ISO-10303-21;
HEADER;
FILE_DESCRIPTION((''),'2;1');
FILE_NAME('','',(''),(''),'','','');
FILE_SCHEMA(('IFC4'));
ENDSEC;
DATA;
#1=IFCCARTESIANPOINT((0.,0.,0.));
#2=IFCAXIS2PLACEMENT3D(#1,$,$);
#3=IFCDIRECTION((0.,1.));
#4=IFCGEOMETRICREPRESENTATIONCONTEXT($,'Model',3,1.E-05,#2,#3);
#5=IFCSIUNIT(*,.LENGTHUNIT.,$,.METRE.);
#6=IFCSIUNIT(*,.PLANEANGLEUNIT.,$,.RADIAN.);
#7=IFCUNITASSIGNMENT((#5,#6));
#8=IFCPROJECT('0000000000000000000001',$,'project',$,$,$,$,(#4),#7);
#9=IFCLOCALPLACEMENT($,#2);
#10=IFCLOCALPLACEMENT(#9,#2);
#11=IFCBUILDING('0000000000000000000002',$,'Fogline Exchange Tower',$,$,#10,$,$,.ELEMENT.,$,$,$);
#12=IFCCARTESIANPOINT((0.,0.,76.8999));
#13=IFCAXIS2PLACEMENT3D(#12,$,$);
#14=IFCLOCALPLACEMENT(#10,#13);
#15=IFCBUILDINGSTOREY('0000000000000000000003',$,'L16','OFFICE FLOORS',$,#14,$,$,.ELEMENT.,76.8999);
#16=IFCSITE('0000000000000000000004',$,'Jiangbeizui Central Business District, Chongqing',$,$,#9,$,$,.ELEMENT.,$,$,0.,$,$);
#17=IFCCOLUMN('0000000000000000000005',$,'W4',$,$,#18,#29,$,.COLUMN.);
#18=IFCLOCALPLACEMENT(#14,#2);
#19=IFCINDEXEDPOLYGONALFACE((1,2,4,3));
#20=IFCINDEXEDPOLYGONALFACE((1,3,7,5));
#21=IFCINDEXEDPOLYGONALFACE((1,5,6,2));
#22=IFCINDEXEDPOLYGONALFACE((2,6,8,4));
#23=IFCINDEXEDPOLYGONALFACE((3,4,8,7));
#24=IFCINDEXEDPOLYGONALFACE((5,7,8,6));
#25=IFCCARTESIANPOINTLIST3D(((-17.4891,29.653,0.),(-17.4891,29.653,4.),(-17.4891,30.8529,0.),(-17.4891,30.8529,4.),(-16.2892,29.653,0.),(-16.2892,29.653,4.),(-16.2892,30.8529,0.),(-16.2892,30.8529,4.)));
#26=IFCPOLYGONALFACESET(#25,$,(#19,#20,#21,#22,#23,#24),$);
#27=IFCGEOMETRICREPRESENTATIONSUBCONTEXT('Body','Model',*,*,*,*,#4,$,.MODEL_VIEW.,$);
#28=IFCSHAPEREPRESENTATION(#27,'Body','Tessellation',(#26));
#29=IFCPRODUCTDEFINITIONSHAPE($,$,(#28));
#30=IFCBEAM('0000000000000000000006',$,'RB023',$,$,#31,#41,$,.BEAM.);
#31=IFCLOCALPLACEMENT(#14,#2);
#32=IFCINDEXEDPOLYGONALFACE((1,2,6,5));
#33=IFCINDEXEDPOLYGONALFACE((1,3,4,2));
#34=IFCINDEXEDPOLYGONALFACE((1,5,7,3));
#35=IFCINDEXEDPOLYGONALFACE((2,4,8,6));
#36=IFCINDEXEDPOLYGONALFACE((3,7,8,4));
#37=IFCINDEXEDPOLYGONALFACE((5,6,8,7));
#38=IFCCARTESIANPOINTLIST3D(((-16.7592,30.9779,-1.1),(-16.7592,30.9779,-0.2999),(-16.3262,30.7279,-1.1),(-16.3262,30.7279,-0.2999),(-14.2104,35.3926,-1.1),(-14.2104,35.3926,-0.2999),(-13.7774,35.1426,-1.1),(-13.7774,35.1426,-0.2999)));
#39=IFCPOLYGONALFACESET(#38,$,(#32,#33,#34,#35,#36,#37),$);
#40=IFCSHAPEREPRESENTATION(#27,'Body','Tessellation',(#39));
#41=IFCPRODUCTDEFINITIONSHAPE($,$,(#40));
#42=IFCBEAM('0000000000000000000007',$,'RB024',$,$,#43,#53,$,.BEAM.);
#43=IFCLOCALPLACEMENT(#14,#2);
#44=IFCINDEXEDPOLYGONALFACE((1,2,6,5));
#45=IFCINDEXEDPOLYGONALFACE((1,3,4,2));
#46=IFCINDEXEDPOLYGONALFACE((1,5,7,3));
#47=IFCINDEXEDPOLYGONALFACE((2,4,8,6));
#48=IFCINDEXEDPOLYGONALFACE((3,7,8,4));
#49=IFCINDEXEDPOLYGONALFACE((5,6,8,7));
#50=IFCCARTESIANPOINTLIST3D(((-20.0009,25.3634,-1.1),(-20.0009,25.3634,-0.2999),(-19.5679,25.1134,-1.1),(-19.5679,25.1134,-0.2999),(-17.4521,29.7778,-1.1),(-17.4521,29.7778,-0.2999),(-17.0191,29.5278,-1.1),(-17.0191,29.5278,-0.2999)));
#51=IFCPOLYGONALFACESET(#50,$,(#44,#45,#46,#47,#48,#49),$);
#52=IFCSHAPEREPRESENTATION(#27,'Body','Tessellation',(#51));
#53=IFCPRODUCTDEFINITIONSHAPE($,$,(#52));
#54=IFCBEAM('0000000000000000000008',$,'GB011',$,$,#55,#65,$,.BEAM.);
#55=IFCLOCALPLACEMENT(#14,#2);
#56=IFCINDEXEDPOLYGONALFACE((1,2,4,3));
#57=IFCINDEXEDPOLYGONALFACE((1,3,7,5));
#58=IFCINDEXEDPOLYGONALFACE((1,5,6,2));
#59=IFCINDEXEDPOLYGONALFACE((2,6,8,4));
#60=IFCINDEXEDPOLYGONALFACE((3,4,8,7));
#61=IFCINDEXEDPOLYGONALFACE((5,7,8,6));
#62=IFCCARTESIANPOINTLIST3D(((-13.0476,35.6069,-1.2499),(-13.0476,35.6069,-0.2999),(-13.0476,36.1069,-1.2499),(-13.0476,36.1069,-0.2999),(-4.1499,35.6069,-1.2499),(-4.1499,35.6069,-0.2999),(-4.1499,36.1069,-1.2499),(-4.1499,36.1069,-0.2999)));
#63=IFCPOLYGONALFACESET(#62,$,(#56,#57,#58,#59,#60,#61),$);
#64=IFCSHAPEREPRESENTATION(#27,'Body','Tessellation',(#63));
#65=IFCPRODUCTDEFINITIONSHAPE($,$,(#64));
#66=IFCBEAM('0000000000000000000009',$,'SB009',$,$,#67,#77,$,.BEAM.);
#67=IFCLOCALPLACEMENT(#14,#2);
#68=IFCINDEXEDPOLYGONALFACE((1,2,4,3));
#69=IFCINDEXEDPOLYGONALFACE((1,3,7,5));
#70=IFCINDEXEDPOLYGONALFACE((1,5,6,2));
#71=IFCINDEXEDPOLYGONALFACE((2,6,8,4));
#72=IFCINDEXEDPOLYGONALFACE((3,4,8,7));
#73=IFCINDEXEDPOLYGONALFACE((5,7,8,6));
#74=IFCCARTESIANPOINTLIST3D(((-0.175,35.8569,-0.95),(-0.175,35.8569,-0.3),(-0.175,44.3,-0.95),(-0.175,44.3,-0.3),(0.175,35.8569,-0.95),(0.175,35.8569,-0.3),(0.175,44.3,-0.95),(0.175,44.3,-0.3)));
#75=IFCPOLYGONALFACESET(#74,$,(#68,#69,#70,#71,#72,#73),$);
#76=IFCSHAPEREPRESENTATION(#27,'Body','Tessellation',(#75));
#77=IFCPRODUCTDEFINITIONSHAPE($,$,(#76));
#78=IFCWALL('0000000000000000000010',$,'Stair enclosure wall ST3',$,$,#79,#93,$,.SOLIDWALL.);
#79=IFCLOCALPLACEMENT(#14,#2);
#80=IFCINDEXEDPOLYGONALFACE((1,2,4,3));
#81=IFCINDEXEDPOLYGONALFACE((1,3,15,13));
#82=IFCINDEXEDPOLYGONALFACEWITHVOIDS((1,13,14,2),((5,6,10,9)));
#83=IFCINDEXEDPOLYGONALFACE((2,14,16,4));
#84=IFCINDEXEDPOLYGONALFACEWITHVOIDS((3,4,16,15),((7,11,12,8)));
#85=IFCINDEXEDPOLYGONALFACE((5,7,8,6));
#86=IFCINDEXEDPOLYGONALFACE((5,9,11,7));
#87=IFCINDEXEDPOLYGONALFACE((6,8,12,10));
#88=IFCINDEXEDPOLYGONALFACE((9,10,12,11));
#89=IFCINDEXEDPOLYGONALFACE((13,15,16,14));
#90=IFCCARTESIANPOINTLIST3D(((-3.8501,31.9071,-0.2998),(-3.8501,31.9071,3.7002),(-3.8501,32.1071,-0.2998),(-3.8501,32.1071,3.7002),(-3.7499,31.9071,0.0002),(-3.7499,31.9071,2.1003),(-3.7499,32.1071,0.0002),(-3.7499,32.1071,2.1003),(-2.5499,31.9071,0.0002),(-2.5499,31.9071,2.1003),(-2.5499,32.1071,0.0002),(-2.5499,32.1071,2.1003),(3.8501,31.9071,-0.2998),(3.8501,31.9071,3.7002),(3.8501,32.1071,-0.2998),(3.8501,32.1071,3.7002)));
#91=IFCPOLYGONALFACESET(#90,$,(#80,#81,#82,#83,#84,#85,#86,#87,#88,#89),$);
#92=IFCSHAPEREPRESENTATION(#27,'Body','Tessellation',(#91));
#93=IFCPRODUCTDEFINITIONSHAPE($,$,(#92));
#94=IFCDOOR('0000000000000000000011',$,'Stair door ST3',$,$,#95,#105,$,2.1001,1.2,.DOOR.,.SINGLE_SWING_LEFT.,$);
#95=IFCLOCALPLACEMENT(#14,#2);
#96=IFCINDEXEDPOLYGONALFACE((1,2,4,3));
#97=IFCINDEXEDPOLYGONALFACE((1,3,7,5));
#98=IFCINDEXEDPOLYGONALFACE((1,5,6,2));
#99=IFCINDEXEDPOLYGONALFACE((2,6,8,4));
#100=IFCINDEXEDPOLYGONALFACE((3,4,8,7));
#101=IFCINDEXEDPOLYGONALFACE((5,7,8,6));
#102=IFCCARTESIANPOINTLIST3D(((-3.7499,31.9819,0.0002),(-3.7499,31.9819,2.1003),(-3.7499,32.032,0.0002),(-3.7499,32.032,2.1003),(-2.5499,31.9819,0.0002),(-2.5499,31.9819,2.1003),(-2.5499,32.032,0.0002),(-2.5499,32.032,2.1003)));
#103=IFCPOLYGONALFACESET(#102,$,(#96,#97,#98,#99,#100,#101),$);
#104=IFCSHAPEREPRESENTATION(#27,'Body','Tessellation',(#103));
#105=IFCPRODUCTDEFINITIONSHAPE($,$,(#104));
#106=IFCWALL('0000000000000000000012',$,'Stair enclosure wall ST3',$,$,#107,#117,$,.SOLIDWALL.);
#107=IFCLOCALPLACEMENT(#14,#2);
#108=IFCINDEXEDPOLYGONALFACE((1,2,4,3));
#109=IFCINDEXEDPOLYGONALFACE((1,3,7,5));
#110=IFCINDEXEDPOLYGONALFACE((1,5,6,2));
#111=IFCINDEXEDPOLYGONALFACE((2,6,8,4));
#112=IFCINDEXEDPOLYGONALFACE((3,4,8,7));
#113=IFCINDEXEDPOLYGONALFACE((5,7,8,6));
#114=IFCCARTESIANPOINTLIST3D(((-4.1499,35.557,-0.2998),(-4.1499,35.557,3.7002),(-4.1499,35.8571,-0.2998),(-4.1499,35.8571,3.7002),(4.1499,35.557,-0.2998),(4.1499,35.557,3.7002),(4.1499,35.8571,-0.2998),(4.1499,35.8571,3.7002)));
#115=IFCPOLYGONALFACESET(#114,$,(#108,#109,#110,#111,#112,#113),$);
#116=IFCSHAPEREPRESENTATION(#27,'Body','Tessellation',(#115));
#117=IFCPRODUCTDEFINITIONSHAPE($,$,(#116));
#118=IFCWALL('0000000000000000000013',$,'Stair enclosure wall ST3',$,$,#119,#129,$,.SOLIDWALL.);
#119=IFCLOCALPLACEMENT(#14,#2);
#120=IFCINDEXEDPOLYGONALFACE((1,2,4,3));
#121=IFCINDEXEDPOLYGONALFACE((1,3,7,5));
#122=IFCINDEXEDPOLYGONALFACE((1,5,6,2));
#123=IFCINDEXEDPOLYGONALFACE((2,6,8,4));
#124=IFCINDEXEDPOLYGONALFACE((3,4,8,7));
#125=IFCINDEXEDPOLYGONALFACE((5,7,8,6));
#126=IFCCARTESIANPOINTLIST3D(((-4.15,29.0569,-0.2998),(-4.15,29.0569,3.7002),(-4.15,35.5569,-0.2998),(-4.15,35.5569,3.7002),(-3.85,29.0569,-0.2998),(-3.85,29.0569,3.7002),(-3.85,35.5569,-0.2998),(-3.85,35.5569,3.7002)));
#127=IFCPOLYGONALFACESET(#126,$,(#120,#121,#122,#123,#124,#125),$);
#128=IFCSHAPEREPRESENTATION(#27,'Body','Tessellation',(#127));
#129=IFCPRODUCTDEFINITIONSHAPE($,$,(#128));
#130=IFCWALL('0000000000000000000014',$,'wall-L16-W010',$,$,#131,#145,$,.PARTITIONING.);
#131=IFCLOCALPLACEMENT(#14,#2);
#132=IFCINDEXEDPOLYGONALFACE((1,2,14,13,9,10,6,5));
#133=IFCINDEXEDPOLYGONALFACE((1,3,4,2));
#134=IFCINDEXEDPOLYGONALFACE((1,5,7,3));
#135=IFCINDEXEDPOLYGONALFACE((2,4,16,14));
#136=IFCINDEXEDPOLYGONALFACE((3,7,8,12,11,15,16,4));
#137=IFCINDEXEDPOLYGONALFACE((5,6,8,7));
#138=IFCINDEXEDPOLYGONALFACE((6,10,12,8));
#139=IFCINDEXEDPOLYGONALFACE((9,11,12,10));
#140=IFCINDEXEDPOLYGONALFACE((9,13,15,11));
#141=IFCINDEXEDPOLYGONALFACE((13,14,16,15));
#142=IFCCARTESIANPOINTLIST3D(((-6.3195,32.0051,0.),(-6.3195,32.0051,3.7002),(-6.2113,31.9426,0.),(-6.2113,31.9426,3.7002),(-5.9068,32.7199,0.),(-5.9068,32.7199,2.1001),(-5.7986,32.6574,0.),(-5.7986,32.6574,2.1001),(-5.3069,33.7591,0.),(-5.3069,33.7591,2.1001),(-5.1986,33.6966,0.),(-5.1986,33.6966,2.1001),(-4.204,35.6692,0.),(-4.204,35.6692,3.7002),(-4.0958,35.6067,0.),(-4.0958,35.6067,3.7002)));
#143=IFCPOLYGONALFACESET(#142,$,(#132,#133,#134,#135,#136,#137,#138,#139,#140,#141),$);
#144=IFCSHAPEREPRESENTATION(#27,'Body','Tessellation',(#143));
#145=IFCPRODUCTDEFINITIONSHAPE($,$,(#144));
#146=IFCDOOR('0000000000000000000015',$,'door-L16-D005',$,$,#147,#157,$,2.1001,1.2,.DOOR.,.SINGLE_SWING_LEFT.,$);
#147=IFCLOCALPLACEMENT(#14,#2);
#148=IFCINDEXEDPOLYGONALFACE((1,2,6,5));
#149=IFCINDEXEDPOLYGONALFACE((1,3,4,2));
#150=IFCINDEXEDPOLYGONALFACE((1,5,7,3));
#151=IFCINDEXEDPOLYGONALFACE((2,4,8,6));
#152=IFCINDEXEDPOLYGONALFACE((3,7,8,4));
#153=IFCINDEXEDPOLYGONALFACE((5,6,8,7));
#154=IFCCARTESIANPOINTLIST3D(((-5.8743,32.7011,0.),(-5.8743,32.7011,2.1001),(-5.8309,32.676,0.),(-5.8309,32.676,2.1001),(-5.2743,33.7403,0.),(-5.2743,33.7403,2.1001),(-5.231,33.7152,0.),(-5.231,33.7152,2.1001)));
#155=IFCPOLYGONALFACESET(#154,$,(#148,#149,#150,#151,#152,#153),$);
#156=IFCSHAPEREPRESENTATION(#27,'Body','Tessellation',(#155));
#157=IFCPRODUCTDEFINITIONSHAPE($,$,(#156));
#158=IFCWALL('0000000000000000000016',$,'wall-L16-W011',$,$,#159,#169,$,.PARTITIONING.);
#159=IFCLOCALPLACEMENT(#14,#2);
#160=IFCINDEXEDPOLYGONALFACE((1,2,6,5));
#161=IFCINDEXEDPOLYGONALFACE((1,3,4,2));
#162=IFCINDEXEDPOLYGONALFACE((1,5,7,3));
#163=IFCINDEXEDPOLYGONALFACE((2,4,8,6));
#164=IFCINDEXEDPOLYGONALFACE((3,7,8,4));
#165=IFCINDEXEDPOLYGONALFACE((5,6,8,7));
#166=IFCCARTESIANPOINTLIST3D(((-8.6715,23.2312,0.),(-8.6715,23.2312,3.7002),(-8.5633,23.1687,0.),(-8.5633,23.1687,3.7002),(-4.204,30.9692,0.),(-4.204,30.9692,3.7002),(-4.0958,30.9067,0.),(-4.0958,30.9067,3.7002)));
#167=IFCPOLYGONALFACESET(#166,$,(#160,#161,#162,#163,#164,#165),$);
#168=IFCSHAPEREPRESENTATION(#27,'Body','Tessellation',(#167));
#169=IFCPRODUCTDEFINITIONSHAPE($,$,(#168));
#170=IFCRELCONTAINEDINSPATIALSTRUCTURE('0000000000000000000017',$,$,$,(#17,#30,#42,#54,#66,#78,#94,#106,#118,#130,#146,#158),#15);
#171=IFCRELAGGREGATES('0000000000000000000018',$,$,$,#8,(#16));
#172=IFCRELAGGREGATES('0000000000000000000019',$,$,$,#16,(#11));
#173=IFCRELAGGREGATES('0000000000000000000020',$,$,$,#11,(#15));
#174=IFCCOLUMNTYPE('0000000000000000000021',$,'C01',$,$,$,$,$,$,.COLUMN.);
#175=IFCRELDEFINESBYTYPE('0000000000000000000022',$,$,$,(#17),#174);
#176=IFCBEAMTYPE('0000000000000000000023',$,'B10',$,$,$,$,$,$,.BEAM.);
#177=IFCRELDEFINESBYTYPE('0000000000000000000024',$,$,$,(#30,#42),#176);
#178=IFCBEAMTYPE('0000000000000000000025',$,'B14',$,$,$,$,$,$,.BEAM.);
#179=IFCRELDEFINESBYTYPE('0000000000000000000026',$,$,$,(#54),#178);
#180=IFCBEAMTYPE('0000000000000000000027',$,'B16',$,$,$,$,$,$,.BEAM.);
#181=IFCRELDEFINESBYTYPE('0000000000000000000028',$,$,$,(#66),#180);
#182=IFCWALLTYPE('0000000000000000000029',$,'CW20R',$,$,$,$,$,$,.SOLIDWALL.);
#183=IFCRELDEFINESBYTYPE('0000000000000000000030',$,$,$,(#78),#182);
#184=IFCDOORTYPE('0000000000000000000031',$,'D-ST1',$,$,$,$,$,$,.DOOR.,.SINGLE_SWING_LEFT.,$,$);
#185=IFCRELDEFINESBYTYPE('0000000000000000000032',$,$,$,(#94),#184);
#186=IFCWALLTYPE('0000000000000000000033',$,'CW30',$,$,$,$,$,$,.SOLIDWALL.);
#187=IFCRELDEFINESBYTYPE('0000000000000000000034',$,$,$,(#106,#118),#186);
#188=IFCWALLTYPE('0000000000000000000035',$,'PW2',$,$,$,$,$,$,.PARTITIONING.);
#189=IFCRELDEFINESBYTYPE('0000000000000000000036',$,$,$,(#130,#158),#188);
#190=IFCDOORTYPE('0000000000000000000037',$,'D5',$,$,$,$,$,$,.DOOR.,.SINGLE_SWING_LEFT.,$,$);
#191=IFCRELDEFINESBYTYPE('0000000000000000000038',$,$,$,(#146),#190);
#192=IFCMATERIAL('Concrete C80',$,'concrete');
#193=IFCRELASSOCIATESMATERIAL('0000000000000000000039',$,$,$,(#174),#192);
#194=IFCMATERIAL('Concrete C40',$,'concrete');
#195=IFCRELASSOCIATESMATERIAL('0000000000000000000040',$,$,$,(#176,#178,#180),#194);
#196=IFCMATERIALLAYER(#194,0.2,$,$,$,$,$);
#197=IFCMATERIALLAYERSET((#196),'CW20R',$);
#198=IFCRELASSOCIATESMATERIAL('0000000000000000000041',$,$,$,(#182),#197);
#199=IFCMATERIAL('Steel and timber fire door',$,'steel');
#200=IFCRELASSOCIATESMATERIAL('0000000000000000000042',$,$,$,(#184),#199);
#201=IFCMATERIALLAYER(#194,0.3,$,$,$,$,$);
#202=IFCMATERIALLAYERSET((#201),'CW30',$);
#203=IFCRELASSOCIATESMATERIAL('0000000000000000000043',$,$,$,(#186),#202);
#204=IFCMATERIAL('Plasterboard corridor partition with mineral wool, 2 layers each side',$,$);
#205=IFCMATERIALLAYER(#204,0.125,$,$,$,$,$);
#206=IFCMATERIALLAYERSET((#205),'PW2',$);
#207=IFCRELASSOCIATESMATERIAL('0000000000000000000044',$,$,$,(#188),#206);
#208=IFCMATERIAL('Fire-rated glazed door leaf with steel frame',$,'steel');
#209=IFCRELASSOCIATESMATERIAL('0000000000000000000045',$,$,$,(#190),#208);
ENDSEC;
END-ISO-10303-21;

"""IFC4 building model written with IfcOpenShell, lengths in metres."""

from ifc_helpers import new_model, si_unit, direction, frame, frame_2d, origin, origin_2d, place, context, subcontext, project, spatial, rectangle, extrude, material, layer, layer_set, material_profile, profile_set, type_object, element, fill, save


model = new_model("IFC4")

# Units and contexts
model_context = context("Model", 3, precision=1e-05, world=origin(), true_north=direction((0.0, 1.0)))
body_context = subcontext(model_context, "Body", "Model", "MODEL_VIEW")
ifc_project = project(units=[si_unit("LENGTHUNIT", "METRE"), si_unit("PLANEANGLEUNIT", "RADIAN")], contexts=[model_context])

# Site, building, storey
site_placement = place(None, origin())
site = spatial("IfcSite", under=ifc_project, at=site_placement, Name="Jiangbeizui Central Business District, Chongqing", CompositionType="ELEMENT", RefElevation=0.0)
building_placement = place(site_placement, origin())
building = spatial("IfcBuilding", under=site, at=building_placement, Name="Fogline Exchange Tower", CompositionType="ELEMENT")
storey_placement = place(building_placement, frame((0.0, 0.0, 76.8999)))
storey = spatial("IfcBuildingStorey", under=building, at=storey_placement, Name="L16", Description="OFFICE FLOORS", CompositionType="ELEMENT", Elevation=76.8999)

# Column
ifc_material_1 = material(Name="Concrete C80", Category="concrete")
ifc_material_profile_1 = material_profile(ifc_material_1, rectangle(XDim=1.2, YDim=1.2, at=origin_2d()), Name="RC 1200x1200")
ifc_profile_set_1 = profile_set([ifc_material_profile_1], Name="Concrete C80")
column_type = type_object("IfcColumnType", Name="C01", PredefinedType="COLUMN", material=ifc_profile_set_1)
column_placement = place(storey_placement, frame((-16.8892, 30.2529, 0.0), z_axis=(0.0, 0.0, 1.0), x_axis=(1.0, 0.0, 0.0)))
element("IfcColumn", 1, at=column_placement, inside=storey, type_object=column_type, Name="W4", PredefinedType="COLUMN", context=body_context, shape_type="SweptSolid", body=[
    extrude(rectangle(XDim=1.2, YDim=1.2, at=origin_2d()), origin(), (0.0, 0.0, 1.0), 4.0),
])

# Beams
ifc_material_2 = material(Name="Concrete C40", Category="concrete")
ifc_material_profile_2 = material_profile(ifc_material_2, rectangle(XDim=0.5, YDim=0.8, at=origin_2d()), Name="RC 500x800")
ifc_profile_set_2 = profile_set([ifc_material_profile_2], Name="Concrete C40")
beam_type_1 = type_object("IfcBeamType", Name="B10", PredefinedType="BEAM", material=ifc_profile_set_2)
beam_1_placement = place(storey_placement, frame((-13.9939, 35.2676, -0.7), z_axis=(-0.499992, -0.86603, 0.0), x_axis=(0.86603, -0.499992, 0.0)))
element("IfcBeam", 2, at=beam_1_placement, inside=storey, type_object=beam_type_1, Name="RB023", PredefinedType="BEAM", context=body_context, shape_type="SweptSolid", body=[
    extrude(rectangle(XDim=0.5, YDim=0.8, at=origin_2d()), origin(), (0.0, 0.0, 1.0), 5.0977),
])
beam_2_placement = place(storey_placement, frame((-17.2356, 29.6528, -0.7), z_axis=(-0.500013, -0.866018, 0.0), x_axis=(0.866018, -0.500013, 0.0)))
element("IfcBeam", 3, at=beam_2_placement, inside=storey, type_object=beam_type_1, Name="RB024", PredefinedType="BEAM", context=body_context, shape_type="SweptSolid", body=[
    extrude(rectangle(XDim=0.5, YDim=0.8, at=origin_2d()), origin(), (0.0, 0.0, 1.0), 5.0974),
])
ifc_material_profile_3 = material_profile(ifc_material_2, rectangle(XDim=0.5, YDim=0.95, at=origin_2d()), Name="RC 500x950")
ifc_profile_set_3 = profile_set([ifc_material_profile_3], Name="Concrete C40")
beam_type_2 = type_object("IfcBeamType", Name="B14", PredefinedType="BEAM", material=ifc_profile_set_3)
beam_3_placement = place(storey_placement, frame((-13.0476, 35.8569, -0.7749), z_axis=(1.0, 0.0, 0.0), x_axis=(0.0, 1.0, 0.0)))
element("IfcBeam", 4, at=beam_3_placement, inside=storey, type_object=beam_type_2, Name="GB011", PredefinedType="BEAM", context=body_context, shape_type="SweptSolid", body=[
    extrude(rectangle(XDim=0.5, YDim=0.95, at=origin_2d()), origin(), (0.0, 0.0, 1.0), 8.8977),
])
ifc_material_profile_4 = material_profile(ifc_material_2, rectangle(XDim=0.3501, YDim=0.6499, at=origin_2d()), Name="RC 350x650")
ifc_profile_set_4 = profile_set([ifc_material_profile_4], Name="Concrete C40")
beam_type_3 = type_object("IfcBeamType", Name="B16", PredefinedType="BEAM", material=ifc_profile_set_4)
beam_4_placement = place(storey_placement, frame((0.0, 35.8569, -0.625), z_axis=(0.0, 1.0, 0.0), x_axis=(-1.0, 0.0, 0.0)))
element("IfcBeam", 5, at=beam_4_placement, inside=storey, type_object=beam_type_3, Name="SB009", PredefinedType="BEAM", context=body_context, shape_type="SweptSolid", body=[
    extrude(rectangle(XDim=0.3501, YDim=0.6499, at=origin_2d()), origin(), (0.0, 0.0, 1.0), 8.4431),
])

# Wall, opening, door
ifc_layer_1 = layer(ifc_material_2, 0.2)
ifc_layer_set_1 = layer_set([ifc_layer_1], Name="CW20R")
wall_type_1 = type_object("IfcWallType", Name="CW20R", PredefinedType="SOLIDWALL", material=ifc_layer_set_1)
wall_1_placement = place(storey_placement, frame((-3.8501, 32.0071, -0.2998), z_axis=(0.0, 0.0, 1.0), x_axis=(1.0, 0.0, 0.0)))
wall_1 = element("IfcWall", 6, at=wall_1_placement, inside=storey, type_object=wall_type_1, Name="Stair enclosure wall ST3", PredefinedType="SOLIDWALL", context=body_context, shape_type="SweptSolid", body=[
    extrude(rectangle(XDim=7.7002, YDim=0.2, at=frame_2d((3.8501, 0.0))), origin(), (0.0, 0.0, 1.0), 4.0),
])
opening_1_placement = place(wall_1_placement, frame((0.1001, 0.0, 0.3)))
opening_1 = element("IfcOpeningElement", 7, at=opening_1_placement, cuts=wall_1, PredefinedType="OPENING", context=body_context, shape_type="SweptSolid", body=[
    extrude(rectangle(XDim=1.2, YDim=2.1001, at=frame_2d((0.6001, 1.05))), frame((0.0, 0.1099, 0.0), z_axis=(0.0, -1.0, 0.0), x_axis=(1.0, 0.0, 0.0)), (0.0, 0.0, 1.0), 0.22),
])
ifc_material_3 = material(Name="Steel and timber fire door", Category="steel")
door_type_1 = type_object("IfcDoorType", Name="D-ST1", OperationType="SINGLE_SWING_LEFT", PredefinedType="DOOR", material=ifc_material_3)
door_1_placement = place(opening_1_placement, origin())
door_1 = element("IfcDoor", 8, at=door_1_placement, inside=storey, type_object=door_type_1, Name="Stair door ST3", OperationType="SINGLE_SWING_LEFT", OverallHeight=2.1001, OverallWidth=1.2, PredefinedType="DOOR", context=body_context, shape_type="SweptSolid", body=[
    extrude(rectangle(XDim=1.2, YDim=2.1001, at=frame_2d((0.6001, 1.05))), frame((0.0, 0.0249, 0.0), z_axis=(0.0, -1.0, 0.0), x_axis=(1.0, 0.0, 0.0)), (0.0, 0.0, 1.0), 0.05),
])
fill(opening_1, door_1)

# Walls
ifc_layer_2 = layer(ifc_material_2, 0.3)
ifc_layer_set_2 = layer_set([ifc_layer_2], Name="CW30")
wall_type_2 = type_object("IfcWallType", Name="CW30", PredefinedType="SOLIDWALL", material=ifc_layer_set_2)
wall_2_placement = place(storey_placement, frame((-4.1499, 35.707, -0.2998), z_axis=(0.0, 0.0, 1.0), x_axis=(1.0, 0.0, 0.0)))
element("IfcWall", 9, at=wall_2_placement, inside=storey, type_object=wall_type_2, Name="Stair enclosure wall ST3", PredefinedType="SOLIDWALL", context=body_context, shape_type="SweptSolid", body=[
    extrude(rectangle(XDim=8.2998, YDim=0.3, at=frame_2d((4.1499, 0.0))), origin(), (0.0, 0.0, 1.0), 4.0),
])
wall_3_placement = place(storey_placement, frame((-4.0, 29.0569, -0.2998), z_axis=(0.0, 0.0, 1.0), x_axis=(0.0, 1.0, 0.0)))
element("IfcWall", 10, at=wall_3_placement, inside=storey, type_object=wall_type_2, Name="Stair enclosure wall ST3", PredefinedType="SOLIDWALL", context=body_context, shape_type="SweptSolid", body=[
    extrude(rectangle(XDim=6.5, YDim=0.3, at=frame_2d((3.25, 0.0))), origin(), (0.0, 0.0, 1.0), 4.0),
])

# Wall, opening, door
ifc_material_4 = material(Name="Plasterboard corridor partition with mineral wool, 2 layers each side")
ifc_layer_3 = layer(ifc_material_4, 0.125)
ifc_layer_set_3 = layer_set([ifc_layer_3], Name="PW2")
wall_type_3 = type_object("IfcWallType", Name="PW2", PredefinedType="PARTITIONING", material=ifc_layer_set_3)
wall_4_placement = place(storey_placement, frame((-6.2654, 31.9739, 0.0), z_axis=(0.0, 0.0, 1.0), x_axis=(0.500006, 0.866022, 0.0)))
wall_4 = element("IfcWall", 11, at=wall_4_placement, inside=storey, type_object=wall_type_3, Name="wall-L16-W010", PredefinedType="PARTITIONING", context=body_context, shape_type="SweptSolid", body=[
    extrude(rectangle(XDim=4.231, YDim=0.125, at=frame_2d((2.1155, 0.0))), origin(), (0.0, 0.0, 1.0), 3.7002),
])
opening_2_placement = place(wall_4_placement, frame((0.8252, 0.0, 0.0)))
opening_2 = element("IfcOpeningElement", 12, at=opening_2_placement, cuts=wall_4, PredefinedType="OPENING", context=body_context, shape_type="SweptSolid", body=[
    extrude(rectangle(XDim=1.2, YDim=2.1001, at=frame_2d((0.6001, 1.05))), frame((0.0, 0.0725, 0.0), z_axis=(0.0, -1.0, 0.0), x_axis=(1.0, 0.0, 0.0)), (0.0, 0.0, 1.0), 0.145),
])
ifc_material_5 = material(Name="Fire-rated glazed door leaf with steel frame", Category="steel")
door_type_2 = type_object("IfcDoorType", Name="D5", OperationType="SINGLE_SWING_LEFT", PredefinedType="DOOR", material=ifc_material_5)
door_2_placement = place(opening_2_placement, origin())
door_2 = element("IfcDoor", 13, at=door_2_placement, inside=storey, type_object=door_type_2, Name="door-L16-D005", OperationType="SINGLE_SWING_LEFT", OverallHeight=2.1001, OverallWidth=1.2, PredefinedType="DOOR", context=body_context, shape_type="SweptSolid", body=[
    extrude(rectangle(XDim=1.2, YDim=2.1001, at=frame_2d((0.6001, 1.05))), frame((0.0, 0.0249, 0.0), z_axis=(0.0, -1.0, 0.0), x_axis=(1.0, 0.0, 0.0)), (0.0, 0.0, 1.0), 0.05),
])
fill(opening_2, door_2)

# Wall
wall_5_placement = place(storey_placement, frame((-4.1499, 30.938, 0.0), z_axis=(0.0, 0.0, 1.0), x_axis=(-0.499998, -0.866027, 0.0)))
element("IfcWall", 14, at=wall_5_placement, inside=storey, type_object=wall_type_3, Name="wall-L16-W011", PredefinedType="PARTITIONING", context=body_context, shape_type="SweptSolid", body=[
    extrude(rectangle(XDim=8.9351, YDim=0.125, at=frame_2d((4.4675, 0.0))), origin(), (0.0, 0.0, 1.0), 3.7002),
])

save(model, "model.ifc")
